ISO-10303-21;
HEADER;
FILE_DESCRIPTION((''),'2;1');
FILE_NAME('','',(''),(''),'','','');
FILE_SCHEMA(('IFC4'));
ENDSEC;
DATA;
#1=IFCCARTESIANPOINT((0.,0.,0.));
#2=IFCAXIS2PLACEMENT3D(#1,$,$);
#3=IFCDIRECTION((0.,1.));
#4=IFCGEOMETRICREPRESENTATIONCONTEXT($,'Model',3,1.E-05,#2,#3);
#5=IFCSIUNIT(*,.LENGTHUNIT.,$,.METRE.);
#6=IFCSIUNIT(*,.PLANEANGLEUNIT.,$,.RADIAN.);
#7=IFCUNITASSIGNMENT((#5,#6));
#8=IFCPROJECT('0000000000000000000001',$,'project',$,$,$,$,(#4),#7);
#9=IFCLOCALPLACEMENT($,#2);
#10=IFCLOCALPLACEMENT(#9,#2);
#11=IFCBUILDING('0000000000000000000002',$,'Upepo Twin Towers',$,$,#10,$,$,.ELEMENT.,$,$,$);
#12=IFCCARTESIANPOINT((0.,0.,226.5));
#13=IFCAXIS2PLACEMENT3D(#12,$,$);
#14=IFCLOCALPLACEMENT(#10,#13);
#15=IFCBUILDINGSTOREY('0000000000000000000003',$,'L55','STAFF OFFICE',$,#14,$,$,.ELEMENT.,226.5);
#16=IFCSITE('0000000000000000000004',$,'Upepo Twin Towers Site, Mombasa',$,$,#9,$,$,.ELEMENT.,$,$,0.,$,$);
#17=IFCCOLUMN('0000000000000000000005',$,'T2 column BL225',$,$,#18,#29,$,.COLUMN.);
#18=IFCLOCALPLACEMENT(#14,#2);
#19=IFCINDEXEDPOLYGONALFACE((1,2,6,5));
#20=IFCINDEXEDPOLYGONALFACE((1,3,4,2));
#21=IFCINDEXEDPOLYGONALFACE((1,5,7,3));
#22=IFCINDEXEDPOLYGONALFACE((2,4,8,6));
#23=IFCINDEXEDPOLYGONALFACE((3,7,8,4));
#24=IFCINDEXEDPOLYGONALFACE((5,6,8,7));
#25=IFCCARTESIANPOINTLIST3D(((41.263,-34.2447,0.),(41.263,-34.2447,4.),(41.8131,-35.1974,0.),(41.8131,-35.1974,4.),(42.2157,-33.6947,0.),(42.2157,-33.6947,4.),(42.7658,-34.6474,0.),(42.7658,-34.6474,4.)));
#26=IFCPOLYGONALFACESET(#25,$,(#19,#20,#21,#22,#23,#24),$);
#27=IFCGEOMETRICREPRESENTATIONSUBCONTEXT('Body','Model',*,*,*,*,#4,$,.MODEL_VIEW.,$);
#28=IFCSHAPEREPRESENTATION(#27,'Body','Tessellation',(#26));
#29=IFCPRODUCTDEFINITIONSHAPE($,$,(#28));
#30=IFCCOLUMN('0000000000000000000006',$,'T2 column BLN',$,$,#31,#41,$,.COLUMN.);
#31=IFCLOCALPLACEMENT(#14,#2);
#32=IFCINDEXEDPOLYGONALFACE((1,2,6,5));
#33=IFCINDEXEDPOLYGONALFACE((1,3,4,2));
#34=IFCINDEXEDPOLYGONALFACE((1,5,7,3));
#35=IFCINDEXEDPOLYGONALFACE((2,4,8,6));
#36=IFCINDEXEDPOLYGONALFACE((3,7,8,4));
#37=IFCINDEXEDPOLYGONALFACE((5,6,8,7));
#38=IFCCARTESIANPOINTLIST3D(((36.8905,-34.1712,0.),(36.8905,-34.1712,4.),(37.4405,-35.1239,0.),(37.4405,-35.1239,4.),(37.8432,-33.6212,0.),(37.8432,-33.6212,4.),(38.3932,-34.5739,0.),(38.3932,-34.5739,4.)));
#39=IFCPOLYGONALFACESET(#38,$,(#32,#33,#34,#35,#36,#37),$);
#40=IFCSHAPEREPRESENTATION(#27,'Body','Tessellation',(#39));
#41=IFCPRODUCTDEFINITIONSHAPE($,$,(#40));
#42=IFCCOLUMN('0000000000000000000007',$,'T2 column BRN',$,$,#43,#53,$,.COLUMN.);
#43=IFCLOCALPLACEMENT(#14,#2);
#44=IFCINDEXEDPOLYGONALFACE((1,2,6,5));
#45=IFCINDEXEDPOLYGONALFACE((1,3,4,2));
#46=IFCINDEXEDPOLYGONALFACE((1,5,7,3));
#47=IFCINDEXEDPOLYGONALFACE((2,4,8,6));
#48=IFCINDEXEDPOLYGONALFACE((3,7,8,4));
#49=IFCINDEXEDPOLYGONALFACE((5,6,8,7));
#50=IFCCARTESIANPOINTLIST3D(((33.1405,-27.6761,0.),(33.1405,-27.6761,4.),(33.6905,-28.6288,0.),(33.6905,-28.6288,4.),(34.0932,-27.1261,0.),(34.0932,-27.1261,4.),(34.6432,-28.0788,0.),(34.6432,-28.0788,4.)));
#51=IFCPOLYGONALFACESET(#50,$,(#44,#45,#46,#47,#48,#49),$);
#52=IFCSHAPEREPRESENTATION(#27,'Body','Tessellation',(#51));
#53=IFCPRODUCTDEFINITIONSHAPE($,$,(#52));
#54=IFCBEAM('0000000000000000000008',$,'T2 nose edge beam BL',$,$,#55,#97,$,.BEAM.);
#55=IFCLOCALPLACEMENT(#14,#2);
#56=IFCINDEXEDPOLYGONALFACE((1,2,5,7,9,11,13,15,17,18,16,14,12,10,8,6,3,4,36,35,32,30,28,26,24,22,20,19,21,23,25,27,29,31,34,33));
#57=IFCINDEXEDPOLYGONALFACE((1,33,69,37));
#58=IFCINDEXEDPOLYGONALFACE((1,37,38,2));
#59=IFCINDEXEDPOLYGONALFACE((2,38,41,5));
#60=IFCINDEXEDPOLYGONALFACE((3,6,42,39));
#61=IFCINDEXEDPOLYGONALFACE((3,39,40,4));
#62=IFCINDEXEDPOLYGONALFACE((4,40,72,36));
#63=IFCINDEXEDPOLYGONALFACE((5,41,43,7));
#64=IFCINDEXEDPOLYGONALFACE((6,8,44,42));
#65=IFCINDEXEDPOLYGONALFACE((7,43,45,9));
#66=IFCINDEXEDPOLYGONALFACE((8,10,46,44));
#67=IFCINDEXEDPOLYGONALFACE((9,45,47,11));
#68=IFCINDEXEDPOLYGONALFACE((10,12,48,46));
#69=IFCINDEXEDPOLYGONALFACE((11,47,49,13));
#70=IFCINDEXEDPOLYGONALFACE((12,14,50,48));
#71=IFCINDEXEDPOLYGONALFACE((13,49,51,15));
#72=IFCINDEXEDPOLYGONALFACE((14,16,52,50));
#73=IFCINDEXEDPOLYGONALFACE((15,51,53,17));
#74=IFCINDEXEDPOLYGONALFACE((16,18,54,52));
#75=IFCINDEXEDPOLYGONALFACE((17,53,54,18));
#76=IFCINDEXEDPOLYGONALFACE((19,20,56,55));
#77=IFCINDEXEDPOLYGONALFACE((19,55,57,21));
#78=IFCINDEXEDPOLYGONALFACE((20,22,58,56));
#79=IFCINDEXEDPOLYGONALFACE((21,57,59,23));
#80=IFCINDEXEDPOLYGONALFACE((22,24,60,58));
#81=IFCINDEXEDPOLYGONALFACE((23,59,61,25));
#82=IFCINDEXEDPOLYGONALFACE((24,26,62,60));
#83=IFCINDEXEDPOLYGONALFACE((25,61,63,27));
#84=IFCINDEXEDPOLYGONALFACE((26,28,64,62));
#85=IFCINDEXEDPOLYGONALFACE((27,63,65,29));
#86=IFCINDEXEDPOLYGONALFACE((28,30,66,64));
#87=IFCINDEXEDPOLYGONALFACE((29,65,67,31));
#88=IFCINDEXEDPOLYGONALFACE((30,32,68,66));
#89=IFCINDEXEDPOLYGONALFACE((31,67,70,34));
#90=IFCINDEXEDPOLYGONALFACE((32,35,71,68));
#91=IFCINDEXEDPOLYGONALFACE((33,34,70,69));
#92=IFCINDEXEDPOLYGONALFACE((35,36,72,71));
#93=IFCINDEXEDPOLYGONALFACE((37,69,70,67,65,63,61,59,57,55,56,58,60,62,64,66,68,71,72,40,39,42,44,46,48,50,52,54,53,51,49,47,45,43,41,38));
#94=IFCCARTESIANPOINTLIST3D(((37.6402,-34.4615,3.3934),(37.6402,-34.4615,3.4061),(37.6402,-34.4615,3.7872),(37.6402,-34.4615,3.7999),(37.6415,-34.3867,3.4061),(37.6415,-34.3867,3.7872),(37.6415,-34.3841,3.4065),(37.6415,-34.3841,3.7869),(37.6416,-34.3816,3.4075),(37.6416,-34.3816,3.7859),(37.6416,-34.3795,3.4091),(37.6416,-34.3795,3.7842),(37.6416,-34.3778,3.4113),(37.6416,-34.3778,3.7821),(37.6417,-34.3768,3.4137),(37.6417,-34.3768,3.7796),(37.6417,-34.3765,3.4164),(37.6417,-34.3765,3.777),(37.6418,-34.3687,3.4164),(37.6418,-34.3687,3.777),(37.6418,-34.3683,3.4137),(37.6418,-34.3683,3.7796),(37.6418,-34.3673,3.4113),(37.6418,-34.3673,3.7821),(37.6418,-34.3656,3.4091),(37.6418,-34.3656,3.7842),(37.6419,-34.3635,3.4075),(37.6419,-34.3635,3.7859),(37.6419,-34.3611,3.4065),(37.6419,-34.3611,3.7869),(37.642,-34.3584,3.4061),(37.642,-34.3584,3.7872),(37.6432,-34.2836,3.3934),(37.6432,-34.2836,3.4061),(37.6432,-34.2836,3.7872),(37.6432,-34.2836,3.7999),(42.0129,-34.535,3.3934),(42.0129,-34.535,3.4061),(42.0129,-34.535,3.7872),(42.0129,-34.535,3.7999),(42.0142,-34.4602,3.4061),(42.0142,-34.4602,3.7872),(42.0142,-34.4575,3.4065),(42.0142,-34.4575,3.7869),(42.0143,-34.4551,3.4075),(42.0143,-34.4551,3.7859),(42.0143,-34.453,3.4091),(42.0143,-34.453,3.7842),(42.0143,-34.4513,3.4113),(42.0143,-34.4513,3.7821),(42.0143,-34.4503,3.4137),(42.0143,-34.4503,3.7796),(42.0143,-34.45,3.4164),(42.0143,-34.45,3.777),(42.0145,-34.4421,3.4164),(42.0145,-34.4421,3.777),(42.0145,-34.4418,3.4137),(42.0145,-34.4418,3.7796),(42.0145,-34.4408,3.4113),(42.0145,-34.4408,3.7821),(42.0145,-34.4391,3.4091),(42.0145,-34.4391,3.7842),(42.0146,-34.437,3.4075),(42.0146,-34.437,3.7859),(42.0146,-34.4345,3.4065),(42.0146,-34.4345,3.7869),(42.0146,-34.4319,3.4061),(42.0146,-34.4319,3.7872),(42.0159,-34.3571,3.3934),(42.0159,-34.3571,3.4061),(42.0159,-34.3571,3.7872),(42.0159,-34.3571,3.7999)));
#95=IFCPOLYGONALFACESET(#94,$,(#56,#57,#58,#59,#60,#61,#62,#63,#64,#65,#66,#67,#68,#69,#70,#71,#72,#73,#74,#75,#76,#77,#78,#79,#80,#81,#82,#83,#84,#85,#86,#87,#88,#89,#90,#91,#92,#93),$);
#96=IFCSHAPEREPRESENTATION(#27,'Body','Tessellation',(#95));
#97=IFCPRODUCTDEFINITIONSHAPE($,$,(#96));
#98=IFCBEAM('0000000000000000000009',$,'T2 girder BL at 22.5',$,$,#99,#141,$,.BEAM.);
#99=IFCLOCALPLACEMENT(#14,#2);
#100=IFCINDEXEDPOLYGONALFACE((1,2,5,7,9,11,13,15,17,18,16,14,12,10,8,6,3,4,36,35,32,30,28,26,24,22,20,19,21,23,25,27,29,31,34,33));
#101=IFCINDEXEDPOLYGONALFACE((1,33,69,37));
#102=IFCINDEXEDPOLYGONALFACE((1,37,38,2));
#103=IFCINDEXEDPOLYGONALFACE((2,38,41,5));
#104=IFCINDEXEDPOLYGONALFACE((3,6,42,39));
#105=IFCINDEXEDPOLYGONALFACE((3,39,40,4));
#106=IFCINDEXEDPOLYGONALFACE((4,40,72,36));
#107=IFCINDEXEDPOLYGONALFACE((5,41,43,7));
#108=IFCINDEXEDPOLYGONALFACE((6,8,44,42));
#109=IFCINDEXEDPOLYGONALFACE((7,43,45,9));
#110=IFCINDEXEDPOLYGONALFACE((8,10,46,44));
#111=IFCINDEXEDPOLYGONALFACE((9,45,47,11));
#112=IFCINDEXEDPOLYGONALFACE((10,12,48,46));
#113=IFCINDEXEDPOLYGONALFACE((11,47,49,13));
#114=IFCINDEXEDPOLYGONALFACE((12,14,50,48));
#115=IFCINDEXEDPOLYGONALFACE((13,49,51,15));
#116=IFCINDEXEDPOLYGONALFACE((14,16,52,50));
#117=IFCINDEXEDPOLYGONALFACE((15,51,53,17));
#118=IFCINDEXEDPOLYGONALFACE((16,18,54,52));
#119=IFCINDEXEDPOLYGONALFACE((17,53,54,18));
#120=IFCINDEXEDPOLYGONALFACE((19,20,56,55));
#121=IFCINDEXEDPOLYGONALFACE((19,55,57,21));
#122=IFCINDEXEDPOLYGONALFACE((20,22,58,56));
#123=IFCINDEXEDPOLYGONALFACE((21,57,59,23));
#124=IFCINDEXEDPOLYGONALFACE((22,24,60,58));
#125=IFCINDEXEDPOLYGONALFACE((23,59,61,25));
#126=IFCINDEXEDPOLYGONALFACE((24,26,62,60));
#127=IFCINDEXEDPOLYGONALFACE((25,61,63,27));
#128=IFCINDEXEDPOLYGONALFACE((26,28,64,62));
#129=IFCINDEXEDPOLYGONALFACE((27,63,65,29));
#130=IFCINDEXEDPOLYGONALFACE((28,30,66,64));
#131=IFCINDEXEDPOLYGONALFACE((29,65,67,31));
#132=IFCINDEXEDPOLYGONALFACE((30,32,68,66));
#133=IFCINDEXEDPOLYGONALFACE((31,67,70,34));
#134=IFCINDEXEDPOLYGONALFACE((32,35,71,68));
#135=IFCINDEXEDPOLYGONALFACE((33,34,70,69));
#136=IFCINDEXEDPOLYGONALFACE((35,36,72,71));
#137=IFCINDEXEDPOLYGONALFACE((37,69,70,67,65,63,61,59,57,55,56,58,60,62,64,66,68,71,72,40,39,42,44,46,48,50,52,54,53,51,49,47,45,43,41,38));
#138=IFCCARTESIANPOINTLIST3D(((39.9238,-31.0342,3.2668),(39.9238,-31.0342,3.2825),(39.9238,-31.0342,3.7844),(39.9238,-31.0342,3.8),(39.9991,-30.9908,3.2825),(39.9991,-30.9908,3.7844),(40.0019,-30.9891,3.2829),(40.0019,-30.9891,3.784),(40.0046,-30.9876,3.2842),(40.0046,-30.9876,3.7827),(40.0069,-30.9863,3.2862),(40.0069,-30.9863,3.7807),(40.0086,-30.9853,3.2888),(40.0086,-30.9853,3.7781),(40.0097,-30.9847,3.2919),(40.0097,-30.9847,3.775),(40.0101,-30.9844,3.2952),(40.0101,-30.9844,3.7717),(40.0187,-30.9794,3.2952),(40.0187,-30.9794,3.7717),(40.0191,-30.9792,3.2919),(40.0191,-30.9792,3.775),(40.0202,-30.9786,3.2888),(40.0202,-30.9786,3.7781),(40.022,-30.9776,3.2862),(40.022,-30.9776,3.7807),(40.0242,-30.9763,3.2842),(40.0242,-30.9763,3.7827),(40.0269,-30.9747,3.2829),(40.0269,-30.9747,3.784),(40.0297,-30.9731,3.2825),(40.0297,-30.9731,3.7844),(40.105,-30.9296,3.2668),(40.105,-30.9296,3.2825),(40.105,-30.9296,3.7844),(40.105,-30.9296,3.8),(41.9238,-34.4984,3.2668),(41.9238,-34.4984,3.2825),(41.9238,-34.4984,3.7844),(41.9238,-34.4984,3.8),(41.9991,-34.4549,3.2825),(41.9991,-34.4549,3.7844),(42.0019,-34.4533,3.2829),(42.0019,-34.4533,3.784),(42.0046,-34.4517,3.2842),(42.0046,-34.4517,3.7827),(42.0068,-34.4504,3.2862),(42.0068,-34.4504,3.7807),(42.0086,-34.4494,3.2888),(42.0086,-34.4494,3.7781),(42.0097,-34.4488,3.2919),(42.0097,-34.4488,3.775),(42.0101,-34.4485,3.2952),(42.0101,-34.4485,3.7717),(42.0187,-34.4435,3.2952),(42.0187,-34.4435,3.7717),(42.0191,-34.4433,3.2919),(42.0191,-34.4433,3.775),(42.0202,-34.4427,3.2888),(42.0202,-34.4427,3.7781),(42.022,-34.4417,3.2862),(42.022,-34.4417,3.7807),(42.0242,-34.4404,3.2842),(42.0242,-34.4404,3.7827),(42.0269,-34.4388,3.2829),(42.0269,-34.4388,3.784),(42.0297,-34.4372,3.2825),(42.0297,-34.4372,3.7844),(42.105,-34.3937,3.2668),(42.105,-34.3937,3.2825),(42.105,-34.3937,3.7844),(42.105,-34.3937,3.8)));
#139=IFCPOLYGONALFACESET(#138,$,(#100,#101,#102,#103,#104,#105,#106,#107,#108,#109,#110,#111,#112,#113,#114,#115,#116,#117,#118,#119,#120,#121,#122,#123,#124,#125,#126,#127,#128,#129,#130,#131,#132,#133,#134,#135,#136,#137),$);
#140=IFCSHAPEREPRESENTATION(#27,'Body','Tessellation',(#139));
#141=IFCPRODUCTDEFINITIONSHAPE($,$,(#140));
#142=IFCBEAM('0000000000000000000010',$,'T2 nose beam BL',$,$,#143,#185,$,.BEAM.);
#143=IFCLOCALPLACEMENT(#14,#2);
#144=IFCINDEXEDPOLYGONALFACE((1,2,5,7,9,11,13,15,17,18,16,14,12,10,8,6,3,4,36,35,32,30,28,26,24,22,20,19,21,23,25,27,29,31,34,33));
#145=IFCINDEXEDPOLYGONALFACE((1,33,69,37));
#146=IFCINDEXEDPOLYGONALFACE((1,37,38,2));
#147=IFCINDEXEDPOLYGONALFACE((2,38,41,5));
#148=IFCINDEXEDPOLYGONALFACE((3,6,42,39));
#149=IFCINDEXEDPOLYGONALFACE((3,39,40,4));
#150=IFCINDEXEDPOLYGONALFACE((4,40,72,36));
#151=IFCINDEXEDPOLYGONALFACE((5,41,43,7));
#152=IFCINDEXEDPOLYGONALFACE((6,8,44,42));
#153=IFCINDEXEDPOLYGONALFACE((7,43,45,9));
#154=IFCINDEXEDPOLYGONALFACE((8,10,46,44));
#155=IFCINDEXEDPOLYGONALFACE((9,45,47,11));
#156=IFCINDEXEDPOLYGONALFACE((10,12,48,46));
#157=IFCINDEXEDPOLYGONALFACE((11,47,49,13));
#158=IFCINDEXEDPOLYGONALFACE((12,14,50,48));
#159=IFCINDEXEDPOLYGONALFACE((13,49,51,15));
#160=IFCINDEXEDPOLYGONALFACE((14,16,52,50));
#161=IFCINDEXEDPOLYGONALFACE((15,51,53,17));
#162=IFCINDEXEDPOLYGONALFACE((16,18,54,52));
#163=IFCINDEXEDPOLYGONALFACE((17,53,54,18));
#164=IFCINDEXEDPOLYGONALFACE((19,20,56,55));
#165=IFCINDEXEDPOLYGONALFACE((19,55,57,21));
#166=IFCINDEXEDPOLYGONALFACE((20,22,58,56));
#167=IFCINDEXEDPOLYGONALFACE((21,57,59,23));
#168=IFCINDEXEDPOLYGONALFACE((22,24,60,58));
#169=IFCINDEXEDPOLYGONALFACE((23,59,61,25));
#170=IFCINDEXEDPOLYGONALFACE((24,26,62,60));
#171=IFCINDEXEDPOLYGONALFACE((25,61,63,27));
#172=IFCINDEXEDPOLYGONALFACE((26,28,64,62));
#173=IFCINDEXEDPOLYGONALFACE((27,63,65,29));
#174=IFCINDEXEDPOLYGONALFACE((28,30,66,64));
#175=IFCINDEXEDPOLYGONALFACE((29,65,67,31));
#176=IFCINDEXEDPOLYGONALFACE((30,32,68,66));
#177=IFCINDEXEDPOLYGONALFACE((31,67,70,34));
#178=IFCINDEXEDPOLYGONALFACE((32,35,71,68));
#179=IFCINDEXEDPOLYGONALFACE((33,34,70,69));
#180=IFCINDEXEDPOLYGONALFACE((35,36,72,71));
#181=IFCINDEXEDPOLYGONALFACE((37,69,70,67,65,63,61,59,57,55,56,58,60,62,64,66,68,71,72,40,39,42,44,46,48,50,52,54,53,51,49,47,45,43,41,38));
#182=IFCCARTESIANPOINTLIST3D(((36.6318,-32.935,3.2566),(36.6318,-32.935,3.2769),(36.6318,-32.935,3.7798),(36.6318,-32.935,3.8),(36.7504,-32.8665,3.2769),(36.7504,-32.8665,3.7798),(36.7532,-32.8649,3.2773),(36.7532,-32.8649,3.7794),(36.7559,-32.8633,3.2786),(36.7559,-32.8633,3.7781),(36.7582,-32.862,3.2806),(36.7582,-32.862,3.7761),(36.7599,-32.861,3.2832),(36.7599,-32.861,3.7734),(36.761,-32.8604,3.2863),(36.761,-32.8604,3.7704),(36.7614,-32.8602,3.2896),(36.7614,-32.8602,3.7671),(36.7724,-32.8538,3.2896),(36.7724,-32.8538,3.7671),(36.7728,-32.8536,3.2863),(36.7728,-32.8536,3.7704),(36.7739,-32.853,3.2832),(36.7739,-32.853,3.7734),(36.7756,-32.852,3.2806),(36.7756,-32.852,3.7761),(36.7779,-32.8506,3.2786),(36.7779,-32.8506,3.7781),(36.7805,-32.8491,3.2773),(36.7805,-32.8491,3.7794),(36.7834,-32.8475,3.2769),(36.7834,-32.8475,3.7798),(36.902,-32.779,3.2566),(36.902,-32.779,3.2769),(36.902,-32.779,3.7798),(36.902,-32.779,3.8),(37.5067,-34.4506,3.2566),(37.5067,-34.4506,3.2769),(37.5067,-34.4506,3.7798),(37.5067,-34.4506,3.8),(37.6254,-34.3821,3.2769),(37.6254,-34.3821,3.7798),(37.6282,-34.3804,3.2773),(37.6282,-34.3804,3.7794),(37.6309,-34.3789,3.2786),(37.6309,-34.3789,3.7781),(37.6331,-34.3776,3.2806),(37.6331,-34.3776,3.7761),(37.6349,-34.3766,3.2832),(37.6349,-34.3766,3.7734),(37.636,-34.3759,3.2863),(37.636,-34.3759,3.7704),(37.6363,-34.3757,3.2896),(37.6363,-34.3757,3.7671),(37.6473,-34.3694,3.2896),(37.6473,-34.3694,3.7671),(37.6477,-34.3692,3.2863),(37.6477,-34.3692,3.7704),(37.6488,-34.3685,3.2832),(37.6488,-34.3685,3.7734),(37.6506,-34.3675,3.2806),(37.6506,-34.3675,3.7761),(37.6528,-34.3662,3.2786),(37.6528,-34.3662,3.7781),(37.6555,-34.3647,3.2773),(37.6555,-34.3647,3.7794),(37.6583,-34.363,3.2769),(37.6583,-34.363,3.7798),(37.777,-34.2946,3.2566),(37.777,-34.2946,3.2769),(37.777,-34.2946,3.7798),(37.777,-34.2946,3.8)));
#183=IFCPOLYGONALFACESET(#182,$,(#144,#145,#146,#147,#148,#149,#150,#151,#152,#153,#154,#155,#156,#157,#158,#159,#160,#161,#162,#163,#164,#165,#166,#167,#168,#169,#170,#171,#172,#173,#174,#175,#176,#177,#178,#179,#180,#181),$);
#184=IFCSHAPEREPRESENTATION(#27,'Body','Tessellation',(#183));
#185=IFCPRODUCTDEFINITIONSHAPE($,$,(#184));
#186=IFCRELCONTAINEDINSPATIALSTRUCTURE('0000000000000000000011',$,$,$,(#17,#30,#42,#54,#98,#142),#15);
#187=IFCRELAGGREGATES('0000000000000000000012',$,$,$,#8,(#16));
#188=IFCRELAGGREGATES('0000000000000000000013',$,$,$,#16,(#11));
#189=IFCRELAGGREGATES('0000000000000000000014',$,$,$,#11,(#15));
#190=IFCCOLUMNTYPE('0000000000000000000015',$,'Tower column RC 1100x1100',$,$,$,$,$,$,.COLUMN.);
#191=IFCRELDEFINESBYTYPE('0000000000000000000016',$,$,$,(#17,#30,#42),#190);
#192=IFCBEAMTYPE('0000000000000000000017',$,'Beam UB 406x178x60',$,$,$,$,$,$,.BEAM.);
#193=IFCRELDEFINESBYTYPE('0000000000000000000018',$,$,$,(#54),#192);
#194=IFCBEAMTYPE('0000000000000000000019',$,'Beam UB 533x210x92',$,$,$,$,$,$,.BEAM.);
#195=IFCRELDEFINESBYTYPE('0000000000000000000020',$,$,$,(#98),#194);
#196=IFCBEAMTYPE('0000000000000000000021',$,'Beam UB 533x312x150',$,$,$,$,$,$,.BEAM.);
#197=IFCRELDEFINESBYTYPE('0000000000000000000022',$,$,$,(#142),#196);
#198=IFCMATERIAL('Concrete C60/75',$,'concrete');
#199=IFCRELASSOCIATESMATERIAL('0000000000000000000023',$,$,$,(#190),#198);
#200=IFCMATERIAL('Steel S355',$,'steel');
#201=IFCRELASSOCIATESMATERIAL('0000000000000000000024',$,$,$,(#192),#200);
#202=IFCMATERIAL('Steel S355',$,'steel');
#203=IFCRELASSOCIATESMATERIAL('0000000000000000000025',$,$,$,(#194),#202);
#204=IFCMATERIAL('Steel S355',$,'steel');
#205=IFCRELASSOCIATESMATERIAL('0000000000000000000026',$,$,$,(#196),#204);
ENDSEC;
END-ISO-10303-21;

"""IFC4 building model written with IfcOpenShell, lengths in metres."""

from ifc_helpers import new_model, si_unit, direction, frame, origin, origin_2d, place, context, subcontext, project, spatial, rectangle, i_section, extrude, material, material_profile, profile_set, type_object, element, save


model = new_model("IFC4")

# Units and contexts
model_context = context("Model", 3, precision=1e-05, world=origin(), true_north=direction((0.0, 1.0)))
body_context = subcontext(model_context, "Body", "Model", "MODEL_VIEW")
ifc_project = project(units=[si_unit("LENGTHUNIT", "METRE"), si_unit("PLANEANGLEUNIT", "RADIAN")], contexts=[model_context])

# Site, building, storey
site_placement = place(None, origin())
site = spatial("IfcSite", under=ifc_project, at=site_placement, Name="Upepo Twin Towers Site, Mombasa", CompositionType="ELEMENT", RefElevation=0.0)
building_placement = place(site_placement, origin())
building = spatial("IfcBuilding", under=site, at=building_placement, Name="Upepo Twin Towers", CompositionType="ELEMENT")
storey_placement = place(building_placement, frame((0.0, 0.0, 226.5)))
storey = spatial("IfcBuildingStorey", under=building, at=storey_placement, Name="L55", Description="STAFF OFFICE", CompositionType="ELEMENT", Elevation=226.5)

# Columns
ifc_material_1 = material(Name="Concrete C60/75", Category="concrete")
ifc_material_profile_1 = material_profile(ifc_material_1, rectangle(XDim=1.1001, YDim=1.1001, at=origin_2d()), Name="RC 1100x1100")
ifc_profile_set_1 = profile_set([ifc_material_profile_1], Name="Concrete C60/75")
column_type = type_object("IfcColumnType", Name="Tower column RC 1100x1100", PredefinedType="COLUMN", material=ifc_profile_set_1)
for number, where, z_axis, x_axis, name in (
    (1, (42.0144, -34.446, 0.0), (0.0, 0.0, 1.0), (0.866025, 0.5, 0.0), "T2 column BL225"),
    (2, (37.6418, -34.3726, 0.0), (0.0, 0.0, 1.0), (0.866025, 0.5, 0.0), "T2 column BLN"),
    (3, (33.8918, -27.8774, 0.0), (0.0, 0.0, 1.0), (0.866025, 0.5, 0.0), "T2 column BRN"),
):
    element("IfcColumn", number, at=place(storey_placement, frame(where, z_axis=z_axis, x_axis=x_axis)), inside=storey, type_object=column_type, Name=name, PredefinedType="COLUMN", context=body_context, shape_type="SweptSolid", body=[
        extrude(rectangle(XDim=1.1001, YDim=1.1001, at=origin_2d()), origin(), (0.0, 0.0, 1.0), 4.0),
    ])

# Beams
ifc_material_2 = material(Name="Steel S355", Category="steel")
ifc_material_profile_2 = material_profile(ifc_material_2, i_section(OverallWidth=0.178, OverallDepth=0.4065, WebThickness=0.0078, FlangeThickness=0.0127, FilletRadius=0.0103, at=origin_2d()), Name="UB 406x178x60")
ifc_profile_set_2 = profile_set([ifc_material_profile_2], Name="Steel S355")
beam_type_1 = type_object("IfcBeamType", Name="Beam UB 406x178x60", PredefinedType="BEAM", material=ifc_profile_set_2)
beam_1_placement = place(storey_placement, frame((42.0144, -34.446, 3.5967), z_axis=(-0.999859, 0.016804, 0.0), x_axis=(-0.016804, -0.999859, 0.0)))
element("IfcBeam", 4, at=beam_1_placement, inside=storey, type_object=beam_type_1, Name="T2 nose edge beam BL", PredefinedType="BEAM", context=body_context, shape_type="SweptSolid", body=[
    extrude(i_section(OverallWidth=0.178, OverallDepth=0.4065, WebThickness=0.0078, FlangeThickness=0.0127, FilletRadius=0.0103, at=origin_2d()), origin(), (0.0, 0.0, 1.0), 4.3733),
])
ifc_material_3 = material(Name="Steel S355", Category="steel")
ifc_material_profile_3 = material_profile(ifc_material_3, i_section(OverallWidth=0.2092, OverallDepth=0.5332, WebThickness=0.01, FlangeThickness=0.0156, FilletRadius=0.0127, at=origin_2d()), Name="UB 533x210x92")
ifc_profile_set_3 = profile_set([ifc_material_profile_3], Name="Steel S355")
beam_type_2 = type_object("IfcBeamType", Name="Beam UB 533x210x92", PredefinedType="BEAM", material=ifc_profile_set_3)
beam_2_placement = place(storey_placement, frame((42.0144, -34.446, 3.5334), z_axis=(-0.499999, 0.866026, 0.0), x_axis=(-0.866026, -0.499999, 0.0)))
element("IfcBeam", 5, at=beam_2_placement, inside=storey, type_object=beam_type_2, Name="T2 girder BL at 22.5", PredefinedType="BEAM", context=body_context, shape_type="SweptSolid", body=[
    extrude(i_section(OverallWidth=0.2092, OverallDepth=0.5332, WebThickness=0.01, FlangeThickness=0.0156, FilletRadius=0.0127, at=origin_2d()), origin(), (0.0, 0.0, 1.0), 4.0),
])
ifc_material_4 = material(Name="Steel S355", Category="steel")
ifc_material_profile_4 = material_profile(ifc_material_4, i_section(OverallWidth=0.312, OverallDepth=0.5435, WebThickness=0.0127, FlangeThickness=0.0203, FilletRadius=0.0127, at=origin_2d()), Name="UB 533x312x150")
ifc_profile_set_4 = profile_set([ifc_material_profile_4], Name="Steel S355")
beam_type_3 = type_object("IfcBeamType", Name="Beam UB 533x312x150", PredefinedType="BEAM", material=ifc_profile_set_4)
for number, where, z_axis, x_axis, name in (
    (6, (37.6418, -34.3726, 3.5283), (-0.49998, 0.866037, 0.0), (-0.866037, -0.49998, 0.0), "T2 nose beam BL"),
):
    element("IfcBeam", number, at=place(storey_placement, frame(where, z_axis=z_axis, x_axis=x_axis)), inside=storey, type_object=beam_type_3, Name=name, PredefinedType="BEAM", context=body_context, shape_type="SweptSolid", body=[
        extrude(i_section(OverallWidth=0.312, OverallDepth=0.5435, WebThickness=0.0127, FlangeThickness=0.0203, FilletRadius=0.0127, at=origin_2d()), origin(), (0.0, 0.0, 1.0), 1.75),
    ])

save(model, "model.ifc")
